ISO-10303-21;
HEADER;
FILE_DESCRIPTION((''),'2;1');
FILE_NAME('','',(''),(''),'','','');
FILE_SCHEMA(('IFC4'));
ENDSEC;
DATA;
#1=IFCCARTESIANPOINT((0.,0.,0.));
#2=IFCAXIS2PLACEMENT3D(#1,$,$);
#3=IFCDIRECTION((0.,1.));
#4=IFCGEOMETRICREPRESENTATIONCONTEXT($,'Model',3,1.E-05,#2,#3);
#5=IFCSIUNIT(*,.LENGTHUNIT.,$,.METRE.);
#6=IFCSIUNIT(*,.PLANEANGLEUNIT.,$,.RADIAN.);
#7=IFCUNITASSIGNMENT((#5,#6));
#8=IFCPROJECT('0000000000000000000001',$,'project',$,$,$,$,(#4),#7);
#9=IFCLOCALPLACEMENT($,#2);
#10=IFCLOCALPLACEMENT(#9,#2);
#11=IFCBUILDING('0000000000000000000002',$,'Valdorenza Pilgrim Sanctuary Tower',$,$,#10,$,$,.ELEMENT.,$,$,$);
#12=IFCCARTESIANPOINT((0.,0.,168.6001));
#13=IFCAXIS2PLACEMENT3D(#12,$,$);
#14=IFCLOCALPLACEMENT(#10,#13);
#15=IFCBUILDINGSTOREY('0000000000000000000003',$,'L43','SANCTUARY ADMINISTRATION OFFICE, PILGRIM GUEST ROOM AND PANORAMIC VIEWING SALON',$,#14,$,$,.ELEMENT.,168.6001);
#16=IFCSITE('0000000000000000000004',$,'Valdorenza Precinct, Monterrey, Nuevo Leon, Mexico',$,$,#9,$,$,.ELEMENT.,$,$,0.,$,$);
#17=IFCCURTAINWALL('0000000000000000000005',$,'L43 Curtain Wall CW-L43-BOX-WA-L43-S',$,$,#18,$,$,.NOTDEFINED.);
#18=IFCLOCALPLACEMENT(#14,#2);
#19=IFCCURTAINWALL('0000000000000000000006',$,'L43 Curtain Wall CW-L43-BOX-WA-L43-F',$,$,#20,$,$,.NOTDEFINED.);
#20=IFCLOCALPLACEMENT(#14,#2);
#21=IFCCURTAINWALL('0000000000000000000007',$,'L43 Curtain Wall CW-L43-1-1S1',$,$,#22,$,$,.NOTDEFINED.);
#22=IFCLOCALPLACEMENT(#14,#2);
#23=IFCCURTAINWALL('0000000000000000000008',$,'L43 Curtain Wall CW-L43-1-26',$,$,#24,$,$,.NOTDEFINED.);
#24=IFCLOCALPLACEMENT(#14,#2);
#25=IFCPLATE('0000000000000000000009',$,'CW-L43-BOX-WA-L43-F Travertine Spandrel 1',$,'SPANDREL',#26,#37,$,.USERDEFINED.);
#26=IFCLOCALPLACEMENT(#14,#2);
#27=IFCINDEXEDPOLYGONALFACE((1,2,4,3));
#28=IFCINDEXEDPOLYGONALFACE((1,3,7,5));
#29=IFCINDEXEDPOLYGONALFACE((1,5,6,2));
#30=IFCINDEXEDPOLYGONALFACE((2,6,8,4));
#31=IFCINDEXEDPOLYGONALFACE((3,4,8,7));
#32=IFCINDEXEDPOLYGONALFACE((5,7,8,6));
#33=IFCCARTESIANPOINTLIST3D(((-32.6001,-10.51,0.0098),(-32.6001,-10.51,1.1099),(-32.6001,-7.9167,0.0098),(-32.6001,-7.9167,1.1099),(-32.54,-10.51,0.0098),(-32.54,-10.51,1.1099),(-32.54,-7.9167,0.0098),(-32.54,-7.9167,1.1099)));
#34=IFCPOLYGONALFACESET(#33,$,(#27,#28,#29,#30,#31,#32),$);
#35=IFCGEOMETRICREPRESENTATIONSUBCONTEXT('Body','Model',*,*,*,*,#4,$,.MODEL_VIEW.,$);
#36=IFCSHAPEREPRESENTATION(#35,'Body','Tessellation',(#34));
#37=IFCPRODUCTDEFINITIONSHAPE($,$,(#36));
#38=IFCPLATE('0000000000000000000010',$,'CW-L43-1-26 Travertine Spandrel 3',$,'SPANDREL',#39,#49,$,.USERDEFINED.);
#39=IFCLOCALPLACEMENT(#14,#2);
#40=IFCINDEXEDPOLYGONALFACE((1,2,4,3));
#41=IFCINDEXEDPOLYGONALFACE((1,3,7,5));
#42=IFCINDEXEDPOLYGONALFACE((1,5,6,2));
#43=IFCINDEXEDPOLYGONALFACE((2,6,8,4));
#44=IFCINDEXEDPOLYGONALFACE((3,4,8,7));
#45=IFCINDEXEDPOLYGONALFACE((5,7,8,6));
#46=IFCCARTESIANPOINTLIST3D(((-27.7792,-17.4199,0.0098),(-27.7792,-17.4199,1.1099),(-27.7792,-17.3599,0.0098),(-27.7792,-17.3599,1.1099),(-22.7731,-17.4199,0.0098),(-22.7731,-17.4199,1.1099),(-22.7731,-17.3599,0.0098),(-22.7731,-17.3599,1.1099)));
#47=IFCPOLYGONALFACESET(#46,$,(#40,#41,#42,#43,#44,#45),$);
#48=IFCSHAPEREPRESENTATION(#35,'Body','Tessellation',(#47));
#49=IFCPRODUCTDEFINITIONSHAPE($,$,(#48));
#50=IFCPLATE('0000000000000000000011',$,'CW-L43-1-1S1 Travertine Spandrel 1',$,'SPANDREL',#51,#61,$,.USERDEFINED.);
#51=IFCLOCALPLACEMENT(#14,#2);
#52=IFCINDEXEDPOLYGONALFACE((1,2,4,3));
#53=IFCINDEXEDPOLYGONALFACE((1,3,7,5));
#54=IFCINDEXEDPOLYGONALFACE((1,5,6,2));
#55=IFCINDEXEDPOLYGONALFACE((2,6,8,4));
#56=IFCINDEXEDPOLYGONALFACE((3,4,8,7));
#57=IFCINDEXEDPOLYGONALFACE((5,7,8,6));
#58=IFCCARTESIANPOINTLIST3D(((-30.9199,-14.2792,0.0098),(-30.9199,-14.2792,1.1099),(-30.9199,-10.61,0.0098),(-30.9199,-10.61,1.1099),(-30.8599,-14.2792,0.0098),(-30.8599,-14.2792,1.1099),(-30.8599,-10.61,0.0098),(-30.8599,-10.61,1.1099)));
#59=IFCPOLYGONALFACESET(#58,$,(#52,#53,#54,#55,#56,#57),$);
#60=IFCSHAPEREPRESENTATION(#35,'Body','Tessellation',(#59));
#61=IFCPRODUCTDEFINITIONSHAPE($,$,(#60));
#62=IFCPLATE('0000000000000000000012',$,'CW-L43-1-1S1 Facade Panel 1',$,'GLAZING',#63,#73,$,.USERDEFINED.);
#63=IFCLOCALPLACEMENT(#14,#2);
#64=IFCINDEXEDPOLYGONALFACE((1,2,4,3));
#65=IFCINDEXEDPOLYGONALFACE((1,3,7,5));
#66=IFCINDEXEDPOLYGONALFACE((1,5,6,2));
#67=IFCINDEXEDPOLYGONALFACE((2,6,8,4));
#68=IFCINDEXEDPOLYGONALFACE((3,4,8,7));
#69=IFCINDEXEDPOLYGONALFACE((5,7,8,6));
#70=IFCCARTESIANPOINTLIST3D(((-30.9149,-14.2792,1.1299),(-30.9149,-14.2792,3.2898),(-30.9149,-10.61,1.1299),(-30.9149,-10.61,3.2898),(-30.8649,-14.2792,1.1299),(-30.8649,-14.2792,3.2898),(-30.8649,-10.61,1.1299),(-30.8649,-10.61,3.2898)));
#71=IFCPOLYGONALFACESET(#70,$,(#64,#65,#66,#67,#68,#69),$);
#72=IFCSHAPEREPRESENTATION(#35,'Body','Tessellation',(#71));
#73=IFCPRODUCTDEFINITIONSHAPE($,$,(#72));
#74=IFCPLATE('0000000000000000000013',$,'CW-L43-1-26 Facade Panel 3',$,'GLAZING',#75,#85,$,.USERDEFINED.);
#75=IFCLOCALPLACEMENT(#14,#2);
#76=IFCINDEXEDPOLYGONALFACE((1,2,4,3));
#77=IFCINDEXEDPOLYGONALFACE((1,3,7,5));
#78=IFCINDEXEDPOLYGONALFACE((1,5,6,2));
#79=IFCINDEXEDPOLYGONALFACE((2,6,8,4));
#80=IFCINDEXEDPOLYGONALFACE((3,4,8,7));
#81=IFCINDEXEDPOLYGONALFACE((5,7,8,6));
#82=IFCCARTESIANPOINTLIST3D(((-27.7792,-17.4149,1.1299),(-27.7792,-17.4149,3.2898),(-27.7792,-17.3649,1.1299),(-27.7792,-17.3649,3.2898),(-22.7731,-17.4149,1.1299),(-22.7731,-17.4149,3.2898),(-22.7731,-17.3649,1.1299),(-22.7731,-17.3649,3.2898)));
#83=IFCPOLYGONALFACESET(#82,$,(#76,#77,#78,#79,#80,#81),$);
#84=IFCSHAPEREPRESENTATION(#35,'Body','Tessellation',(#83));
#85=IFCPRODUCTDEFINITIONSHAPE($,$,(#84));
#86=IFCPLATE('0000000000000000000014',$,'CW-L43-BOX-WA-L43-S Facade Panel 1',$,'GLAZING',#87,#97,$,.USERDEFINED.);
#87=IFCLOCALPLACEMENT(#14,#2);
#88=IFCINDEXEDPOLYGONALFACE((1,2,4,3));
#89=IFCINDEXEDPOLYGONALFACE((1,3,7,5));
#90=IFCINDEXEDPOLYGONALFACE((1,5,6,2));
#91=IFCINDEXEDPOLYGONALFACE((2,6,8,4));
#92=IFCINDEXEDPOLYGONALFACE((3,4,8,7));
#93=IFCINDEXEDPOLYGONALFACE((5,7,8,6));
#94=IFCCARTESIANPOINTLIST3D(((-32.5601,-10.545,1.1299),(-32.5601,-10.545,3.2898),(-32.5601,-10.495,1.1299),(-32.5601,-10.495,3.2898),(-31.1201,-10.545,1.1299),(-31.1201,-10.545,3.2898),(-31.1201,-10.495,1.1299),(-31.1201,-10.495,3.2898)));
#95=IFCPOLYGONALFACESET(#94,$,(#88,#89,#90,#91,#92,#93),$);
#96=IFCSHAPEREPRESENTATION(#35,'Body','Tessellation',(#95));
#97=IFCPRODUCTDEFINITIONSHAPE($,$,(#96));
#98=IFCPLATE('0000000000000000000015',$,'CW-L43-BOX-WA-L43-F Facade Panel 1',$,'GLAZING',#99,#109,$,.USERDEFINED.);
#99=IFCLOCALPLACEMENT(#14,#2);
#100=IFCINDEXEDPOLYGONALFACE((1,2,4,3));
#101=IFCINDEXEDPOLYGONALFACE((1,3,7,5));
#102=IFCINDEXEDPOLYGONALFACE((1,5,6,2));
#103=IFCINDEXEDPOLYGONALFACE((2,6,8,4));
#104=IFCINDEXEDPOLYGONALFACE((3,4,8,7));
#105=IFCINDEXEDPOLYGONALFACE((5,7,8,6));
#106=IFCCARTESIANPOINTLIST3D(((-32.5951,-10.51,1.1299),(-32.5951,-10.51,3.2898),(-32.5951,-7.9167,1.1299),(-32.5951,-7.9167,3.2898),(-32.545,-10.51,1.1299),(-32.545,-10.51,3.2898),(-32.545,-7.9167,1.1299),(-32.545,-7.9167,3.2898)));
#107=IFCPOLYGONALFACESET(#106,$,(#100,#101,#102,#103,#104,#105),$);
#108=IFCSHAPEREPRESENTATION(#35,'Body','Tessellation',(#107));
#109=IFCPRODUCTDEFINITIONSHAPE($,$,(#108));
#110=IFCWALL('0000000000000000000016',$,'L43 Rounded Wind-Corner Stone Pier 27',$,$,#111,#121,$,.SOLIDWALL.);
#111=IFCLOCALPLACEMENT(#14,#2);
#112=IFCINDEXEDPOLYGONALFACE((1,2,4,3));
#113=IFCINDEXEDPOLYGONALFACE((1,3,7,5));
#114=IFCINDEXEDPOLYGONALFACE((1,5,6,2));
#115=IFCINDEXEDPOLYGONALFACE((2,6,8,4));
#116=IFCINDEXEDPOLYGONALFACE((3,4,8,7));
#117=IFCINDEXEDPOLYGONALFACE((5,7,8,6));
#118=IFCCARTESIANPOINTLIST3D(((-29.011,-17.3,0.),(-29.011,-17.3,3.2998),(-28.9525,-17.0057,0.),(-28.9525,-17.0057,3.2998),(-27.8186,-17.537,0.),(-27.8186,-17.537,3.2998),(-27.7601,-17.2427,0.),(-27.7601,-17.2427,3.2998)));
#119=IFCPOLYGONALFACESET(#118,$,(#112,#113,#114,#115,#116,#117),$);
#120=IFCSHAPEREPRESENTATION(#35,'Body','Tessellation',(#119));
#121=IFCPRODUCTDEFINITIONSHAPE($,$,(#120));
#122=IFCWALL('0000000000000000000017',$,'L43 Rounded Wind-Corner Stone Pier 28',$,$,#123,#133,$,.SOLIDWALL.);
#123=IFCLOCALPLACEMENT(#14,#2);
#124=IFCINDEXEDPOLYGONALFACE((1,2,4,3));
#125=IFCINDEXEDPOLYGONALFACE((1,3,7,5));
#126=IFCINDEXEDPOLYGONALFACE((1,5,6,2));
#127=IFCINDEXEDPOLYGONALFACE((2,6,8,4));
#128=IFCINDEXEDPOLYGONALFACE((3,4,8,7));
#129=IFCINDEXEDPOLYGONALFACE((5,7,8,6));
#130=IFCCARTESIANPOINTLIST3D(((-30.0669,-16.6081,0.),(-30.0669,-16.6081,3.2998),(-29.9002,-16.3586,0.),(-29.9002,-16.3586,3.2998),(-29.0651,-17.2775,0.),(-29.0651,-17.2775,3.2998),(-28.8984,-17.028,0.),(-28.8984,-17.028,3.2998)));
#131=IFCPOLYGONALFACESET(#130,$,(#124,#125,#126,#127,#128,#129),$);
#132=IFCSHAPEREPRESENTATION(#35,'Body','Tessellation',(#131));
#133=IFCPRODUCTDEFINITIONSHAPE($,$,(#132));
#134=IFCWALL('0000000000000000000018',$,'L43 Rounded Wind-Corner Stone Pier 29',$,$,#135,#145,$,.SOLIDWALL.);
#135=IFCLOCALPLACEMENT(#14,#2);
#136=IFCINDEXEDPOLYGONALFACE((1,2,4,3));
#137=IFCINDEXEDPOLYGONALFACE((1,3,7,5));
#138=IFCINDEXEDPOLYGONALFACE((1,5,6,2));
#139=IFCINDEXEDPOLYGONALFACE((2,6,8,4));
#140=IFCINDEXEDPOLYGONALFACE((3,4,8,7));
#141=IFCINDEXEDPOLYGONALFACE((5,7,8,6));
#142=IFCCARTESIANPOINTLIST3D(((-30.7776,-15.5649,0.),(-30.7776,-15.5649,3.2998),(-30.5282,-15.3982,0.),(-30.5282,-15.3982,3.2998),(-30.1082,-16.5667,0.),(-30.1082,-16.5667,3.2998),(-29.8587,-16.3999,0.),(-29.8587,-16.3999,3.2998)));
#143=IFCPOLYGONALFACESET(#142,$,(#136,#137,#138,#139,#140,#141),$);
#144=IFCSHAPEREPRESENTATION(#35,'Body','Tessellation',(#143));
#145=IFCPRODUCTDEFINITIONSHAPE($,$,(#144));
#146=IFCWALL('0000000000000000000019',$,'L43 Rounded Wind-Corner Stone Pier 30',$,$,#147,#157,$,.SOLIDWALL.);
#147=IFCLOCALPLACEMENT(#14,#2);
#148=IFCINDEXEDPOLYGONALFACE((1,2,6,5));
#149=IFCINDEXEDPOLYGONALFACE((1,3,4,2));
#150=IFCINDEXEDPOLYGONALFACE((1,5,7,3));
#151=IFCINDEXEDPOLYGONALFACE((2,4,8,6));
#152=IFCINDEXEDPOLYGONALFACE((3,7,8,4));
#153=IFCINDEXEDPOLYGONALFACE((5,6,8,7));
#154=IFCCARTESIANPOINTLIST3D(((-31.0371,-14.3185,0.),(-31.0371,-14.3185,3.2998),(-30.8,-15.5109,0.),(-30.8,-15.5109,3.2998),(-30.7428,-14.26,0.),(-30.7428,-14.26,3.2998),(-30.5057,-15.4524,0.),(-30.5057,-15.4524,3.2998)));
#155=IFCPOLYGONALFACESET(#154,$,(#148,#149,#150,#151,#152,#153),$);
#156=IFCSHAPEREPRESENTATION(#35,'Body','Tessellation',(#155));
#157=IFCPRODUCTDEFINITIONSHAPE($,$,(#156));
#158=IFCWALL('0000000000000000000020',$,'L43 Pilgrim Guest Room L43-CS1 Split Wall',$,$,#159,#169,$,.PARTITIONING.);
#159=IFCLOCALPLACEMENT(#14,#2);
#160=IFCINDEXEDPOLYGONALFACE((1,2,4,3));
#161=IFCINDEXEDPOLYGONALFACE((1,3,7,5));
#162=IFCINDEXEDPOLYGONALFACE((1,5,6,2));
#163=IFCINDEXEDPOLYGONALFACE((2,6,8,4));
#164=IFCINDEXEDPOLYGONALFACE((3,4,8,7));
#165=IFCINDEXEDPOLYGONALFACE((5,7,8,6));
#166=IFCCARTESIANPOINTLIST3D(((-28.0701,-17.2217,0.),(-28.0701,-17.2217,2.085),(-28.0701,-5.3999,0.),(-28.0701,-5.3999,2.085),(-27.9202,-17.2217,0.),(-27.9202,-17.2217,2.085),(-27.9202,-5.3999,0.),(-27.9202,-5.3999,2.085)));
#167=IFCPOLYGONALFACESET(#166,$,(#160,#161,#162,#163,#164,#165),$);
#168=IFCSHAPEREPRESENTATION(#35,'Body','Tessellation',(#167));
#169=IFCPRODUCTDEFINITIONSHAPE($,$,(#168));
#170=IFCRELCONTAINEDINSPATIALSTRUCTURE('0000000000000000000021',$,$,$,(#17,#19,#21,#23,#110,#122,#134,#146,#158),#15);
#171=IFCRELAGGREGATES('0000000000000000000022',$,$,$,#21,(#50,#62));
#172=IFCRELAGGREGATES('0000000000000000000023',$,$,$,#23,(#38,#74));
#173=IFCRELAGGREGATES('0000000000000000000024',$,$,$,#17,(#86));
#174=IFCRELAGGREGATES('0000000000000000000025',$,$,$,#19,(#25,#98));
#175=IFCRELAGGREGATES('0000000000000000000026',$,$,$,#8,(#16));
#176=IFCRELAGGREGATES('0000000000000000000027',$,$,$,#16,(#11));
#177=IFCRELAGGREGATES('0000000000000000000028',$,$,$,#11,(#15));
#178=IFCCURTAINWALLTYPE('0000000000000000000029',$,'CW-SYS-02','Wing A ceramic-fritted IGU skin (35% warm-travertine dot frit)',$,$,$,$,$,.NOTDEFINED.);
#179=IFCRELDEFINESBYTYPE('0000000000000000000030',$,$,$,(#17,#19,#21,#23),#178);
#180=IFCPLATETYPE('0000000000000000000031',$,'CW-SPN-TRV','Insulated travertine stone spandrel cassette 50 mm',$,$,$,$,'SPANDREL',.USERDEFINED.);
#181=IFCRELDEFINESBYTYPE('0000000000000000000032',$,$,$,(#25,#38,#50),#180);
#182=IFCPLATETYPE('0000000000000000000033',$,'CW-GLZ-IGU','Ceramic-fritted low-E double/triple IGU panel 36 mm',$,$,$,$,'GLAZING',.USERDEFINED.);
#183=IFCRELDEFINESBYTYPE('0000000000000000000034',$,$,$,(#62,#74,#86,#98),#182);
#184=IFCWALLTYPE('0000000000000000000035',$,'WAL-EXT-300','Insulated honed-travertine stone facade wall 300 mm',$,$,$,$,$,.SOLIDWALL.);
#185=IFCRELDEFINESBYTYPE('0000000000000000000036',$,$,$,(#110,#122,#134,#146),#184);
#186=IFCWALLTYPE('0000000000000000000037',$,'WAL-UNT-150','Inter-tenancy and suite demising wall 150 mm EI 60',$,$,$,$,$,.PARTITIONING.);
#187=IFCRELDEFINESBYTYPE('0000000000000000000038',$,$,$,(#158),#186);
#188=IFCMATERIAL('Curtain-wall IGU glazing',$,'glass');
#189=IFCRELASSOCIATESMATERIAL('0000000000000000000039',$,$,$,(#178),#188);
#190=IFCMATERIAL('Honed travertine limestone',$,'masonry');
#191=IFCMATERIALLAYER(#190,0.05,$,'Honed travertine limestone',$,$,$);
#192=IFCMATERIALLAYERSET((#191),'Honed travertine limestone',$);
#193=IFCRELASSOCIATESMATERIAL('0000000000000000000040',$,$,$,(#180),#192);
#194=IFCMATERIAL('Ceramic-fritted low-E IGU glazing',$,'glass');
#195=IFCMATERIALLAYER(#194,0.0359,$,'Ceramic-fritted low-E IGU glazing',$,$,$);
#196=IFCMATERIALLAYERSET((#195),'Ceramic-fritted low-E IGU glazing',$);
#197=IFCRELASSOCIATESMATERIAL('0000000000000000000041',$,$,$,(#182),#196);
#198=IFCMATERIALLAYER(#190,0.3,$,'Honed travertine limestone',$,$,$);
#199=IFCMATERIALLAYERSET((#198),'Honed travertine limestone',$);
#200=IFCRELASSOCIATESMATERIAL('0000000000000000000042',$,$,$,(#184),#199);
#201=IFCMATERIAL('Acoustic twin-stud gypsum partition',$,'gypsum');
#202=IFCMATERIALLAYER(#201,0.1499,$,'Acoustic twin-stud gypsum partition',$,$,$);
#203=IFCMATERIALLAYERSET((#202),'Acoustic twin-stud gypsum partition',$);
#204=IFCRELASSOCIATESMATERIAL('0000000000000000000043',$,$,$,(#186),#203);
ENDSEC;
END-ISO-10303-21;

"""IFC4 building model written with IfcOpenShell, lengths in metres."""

from ifc_helpers import new_model, si_unit, direction, frame, frame_2d, origin, origin_2d, place, context, subcontext, project, spatial, rectangle, extrude, source, transform, mapped, material, layer, layer_set, type_object, element, aggregate, save


model = new_model("IFC4")

# Units and contexts
model_context = context("Model", 3, precision=1e-05, world=origin(), true_north=direction((0.0, 1.0)))
body_context = subcontext(model_context, "Body", "Model", "MODEL_VIEW")
ifc_project = project(units=[si_unit("LENGTHUNIT", "METRE"), si_unit("PLANEANGLEUNIT", "RADIAN")], contexts=[model_context])

# Site, building, storey
site_placement = place(None, origin())
site = spatial("IfcSite", under=ifc_project, at=site_placement, Name="Valdorenza Precinct, Monterrey, Nuevo Leon, Mexico", CompositionType="ELEMENT", RefElevation=0.0)
building_placement = place(site_placement, origin())
building = spatial("IfcBuilding", under=site, at=building_placement, Name="Valdorenza Pilgrim Sanctuary Tower", CompositionType="ELEMENT")
storey_placement = place(building_placement, frame((0.0, 0.0, 168.6001)))
storey = spatial("IfcBuildingStorey", under=building, at=storey_placement, Name="L43", Description="SANCTUARY ADMINISTRATION OFFICE, PILGRIM GUEST ROOM AND PANORAMIC VIEWING SALON", CompositionType="ELEMENT", Elevation=168.6001)

# Curtain walls
ifc_material_1 = material(Name="Curtain-wall IGU glazing", Category="glass")
curtain_wall_type = type_object("IfcCurtainWallType", Name="CW-SYS-02", Description="Wing A ceramic-fritted IGU skin (35% warm-travertine dot frit)", PredefinedType="NOTDEFINED", material=ifc_material_1)
curtain_wall_1_placement = place(storey_placement, origin())
curtain_wall_1 = element("IfcCurtainWall", 1, at=curtain_wall_1_placement, inside=storey, type_object=curtain_wall_type, Name="L43 Curtain Wall CW-L43-BOX-WA-L43-S", PredefinedType="NOTDEFINED")
curtain_wall_2_placement = place(storey_placement, origin())
curtain_wall_2 = element("IfcCurtainWall", 2, at=curtain_wall_2_placement, inside=storey, type_object=curtain_wall_type, Name="L43 Curtain Wall CW-L43-BOX-WA-L43-F", PredefinedType="NOTDEFINED")

# Curtain wall
curtain_wall_3_placement = place(storey_placement, origin())
curtain_wall_3 = element("IfcCurtainWall", 3, at=curtain_wall_3_placement, inside=storey, type_object=curtain_wall_type, Name="L43 Curtain Wall CW-L43-1-1S1", PredefinedType="NOTDEFINED")

# Curtain wall
curtain_wall_4_placement = place(storey_placement, origin())
curtain_wall_4 = element("IfcCurtainWall", 4, at=curtain_wall_4_placement, inside=storey, type_object=curtain_wall_type, Name="L43 Curtain Wall CW-L43-1-26", PredefinedType="NOTDEFINED")

# Plates
ifc_material_2 = material(Name="Honed travertine limestone", Category="masonry")
ifc_layer_1 = layer(ifc_material_2, 0.05, Name="Honed travertine limestone")
ifc_layer_set_1 = layer_set([ifc_layer_1], Name="Honed travertine limestone")
plate_type_1 = type_object("IfcPlateType", Name="CW-SPN-TRV", Description="Insulated travertine stone spandrel cassette 50 mm", ElementType="SPANDREL", PredefinedType="USERDEFINED", material=ifc_layer_set_1)
shared_shape_1 = source(origin(), body_context, "Body", "SweptSolid", [
    extrude(rectangle(XDim=2.5933, YDim=0.0601, at=origin_2d()), origin(), (0.0, 0.0, 1.0), 1.1001),
])
plate_1_placement = place(storey_placement, frame((-32.5701, -9.2134, 0.0098), z_axis=(0.0, 0.0, 1.0), x_axis=(0.0, 1.0, 0.0)))
plate_1 = element("IfcPlate", 5, at=plate_1_placement, type_object=plate_type_1, Name="CW-L43-BOX-WA-L43-F Travertine Spandrel 1", ObjectType="SPANDREL", PredefinedType="USERDEFINED", context=body_context, shape_type="MappedRepresentation", body=[
    mapped(shared_shape_1, transform((0.0, 0.0, 0.0), x_axis=(1.0, 0.0, 0.0), y_axis=(0.0, 1.0, 0.0), z_axis=(0.0, 0.0, 1.0), scale=1.0)),
])
shared_shape_2 = source(origin(), body_context, "Body", "SweptSolid", [
    extrude(rectangle(XDim=5.0061, YDim=0.0601, at=origin_2d()), origin(), (0.0, 0.0, 1.0), 1.1001),
])
plate_2_placement = place(storey_placement, frame((-25.2761, -17.3899, 0.0098), z_axis=(0.0, 0.0, 1.0), x_axis=(-1.0, 0.0, 0.0)))
plate_2 = element("IfcPlate", 6, at=plate_2_placement, type_object=plate_type_1, Name="CW-L43-1-26 Travertine Spandrel 3", ObjectType="SPANDREL", PredefinedType="USERDEFINED", context=body_context, shape_type="MappedRepresentation", body=[
    mapped(shared_shape_2, transform((0.0, 0.0, 0.0), x_axis=(1.0, 0.0, 0.0), y_axis=(0.0, 1.0, 0.0), z_axis=(0.0, 0.0, 1.0), scale=1.0)),
])
shared_shape_3 = source(origin(), body_context, "Body", "SweptSolid", [
    extrude(rectangle(XDim=3.6692, YDim=0.0601, at=origin_2d()), origin(), (0.0, 0.0, 1.0), 1.1001),
])
plate_3_placement = place(storey_placement, frame((-30.8899, -12.4446, 0.0098), z_axis=(0.0, 0.0, 1.0), x_axis=(0.0, 1.0, 0.0)))
plate_3 = element("IfcPlate", 7, at=plate_3_placement, type_object=plate_type_1, Name="CW-L43-1-1S1 Travertine Spandrel 1", ObjectType="SPANDREL", PredefinedType="USERDEFINED", context=body_context, shape_type="MappedRepresentation", body=[
    mapped(shared_shape_3, transform((0.0, 0.0, 0.0), x_axis=(1.0, 0.0, 0.0), y_axis=(0.0, 1.0, 0.0), z_axis=(0.0, 0.0, 1.0), scale=1.0)),
])
ifc_material_3 = material(Name="Ceramic-fritted low-E IGU glazing", Category="glass")
ifc_layer_2 = layer(ifc_material_3, 0.0359, Name="Ceramic-fritted low-E IGU glazing")
ifc_layer_set_2 = layer_set([ifc_layer_2], Name="Ceramic-fritted low-E IGU glazing")
plate_type_2 = type_object("IfcPlateType", Name="CW-GLZ-IGU", Description="Ceramic-fritted low-E double/triple IGU panel 36 mm", ElementType="GLAZING", PredefinedType="USERDEFINED", material=ifc_layer_set_2)
shared_shape_4 = source(origin(), body_context, "Body", "SweptSolid", [
    extrude(rectangle(XDim=3.6692, YDim=0.05, at=origin_2d()), origin(), (0.0, 0.0, 1.0), 2.1599),
])
plate_4_placement = place(storey_placement, frame((-30.8899, -12.4446, 1.1299), z_axis=(0.0, 0.0, 1.0), x_axis=(0.0, 1.0, 0.0)))
plate_4 = element("IfcPlate", 8, at=plate_4_placement, type_object=plate_type_2, Name="CW-L43-1-1S1 Facade Panel 1", ObjectType="GLAZING", PredefinedType="USERDEFINED", context=body_context, shape_type="MappedRepresentation", body=[
    mapped(shared_shape_4, transform((0.0, 0.0, 0.0), x_axis=(1.0, 0.0, 0.0), y_axis=(0.0, 1.0, 0.0), z_axis=(0.0, 0.0, 1.0), scale=1.0)),
])
aggregate(curtain_wall_3, [plate_3, plate_4])
shared_shape_5 = source(origin(), body_context, "Body", "SweptSolid", [
    extrude(rectangle(XDim=5.0061, YDim=0.05, at=origin_2d()), origin(), (0.0, 0.0, 1.0), 2.1599),
])
plate_5_placement = place(storey_placement, frame((-25.2761, -17.3899, 1.1299), z_axis=(0.0, 0.0, 1.0), x_axis=(-1.0, 0.0, 0.0)))
plate_5 = element("IfcPlate", 9, at=plate_5_placement, type_object=plate_type_2, Name="CW-L43-1-26 Facade Panel 3", ObjectType="GLAZING", PredefinedType="USERDEFINED", context=body_context, shape_type="MappedRepresentation", body=[
    mapped(shared_shape_5, transform((0.0, 0.0, 0.0), x_axis=(1.0, 0.0, 0.0), y_axis=(0.0, 1.0, 0.0), z_axis=(0.0, 0.0, 1.0), scale=1.0)),
])
aggregate(curtain_wall_4, [plate_2, plate_5])
shared_shape_6 = source(origin(), body_context, "Body", "SweptSolid", [
    extrude(rectangle(XDim=1.4399, YDim=0.05, at=origin_2d()), origin(), (0.0, 0.0, 1.0), 2.1599),
])
plate_6_placement = place(storey_placement, frame((-31.8401, -10.52, 1.1299), z_axis=(0.0, 0.0, 1.0), x_axis=(-1.0, 0.0, 0.0)))
plate_6 = element("IfcPlate", 10, at=plate_6_placement, type_object=plate_type_2, Name="CW-L43-BOX-WA-L43-S Facade Panel 1", ObjectType="GLAZING", PredefinedType="USERDEFINED", context=body_context, shape_type="MappedRepresentation", body=[
    mapped(shared_shape_6, transform((0.0, 0.0, 0.0), x_axis=(1.0, 0.0, 0.0), y_axis=(0.0, 1.0, 0.0), z_axis=(0.0, 0.0, 1.0), scale=1.0)),
])
aggregate(curtain_wall_1, [plate_6])
shared_shape_7 = source(origin(), body_context, "Body", "SweptSolid", [
    extrude(rectangle(XDim=2.5933, YDim=0.05, at=origin_2d()), origin(), (0.0, 0.0, 1.0), 2.1599),
])
plate_7_placement = place(storey_placement, frame((-32.5701, -9.2134, 1.1299), z_axis=(0.0, 0.0, 1.0), x_axis=(0.0, 1.0, 0.0)))
plate_7 = element("IfcPlate", 11, at=plate_7_placement, type_object=plate_type_2, Name="CW-L43-BOX-WA-L43-F Facade Panel 1", ObjectType="GLAZING", PredefinedType="USERDEFINED", context=body_context, shape_type="MappedRepresentation", body=[
    mapped(shared_shape_7, transform((0.0, 0.0, 0.0), x_axis=(1.0, 0.0, 0.0), y_axis=(0.0, 1.0, 0.0), z_axis=(0.0, 0.0, 1.0), scale=1.0)),
])
aggregate(curtain_wall_2, [plate_1, plate_7])

# Walls
ifc_layer_3 = layer(ifc_material_2, 0.3, Name="Honed travertine limestone")
ifc_layer_set_3 = layer_set([ifc_layer_3], Name="Honed travertine limestone")
wall_type_1 = type_object("IfcWallType", Name="WAL-EXT-300", Description="Insulated honed-travertine stone facade wall 300 mm", PredefinedType="SOLIDWALL", material=ifc_layer_set_3)
wall_1_placement = place(storey_placement, frame((-27.7893, -17.3899, 0.0), z_axis=(0.0, 0.0, 1.0), x_axis=(-0.980804, 0.194996, 0.0)))
element("IfcWall", 12, at=wall_1_placement, inside=storey, type_object=wall_type_1, Name="L43 Rounded Wind-Corner Stone Pier 27", PredefinedType="SOLIDWALL", context=body_context, shape_type="SweptSolid", body=[
    extrude(rectangle(XDim=1.2158, YDim=0.3, at=frame_2d((0.6079, 0.0))), origin(), (0.0, 0.0, 1.0), 3.2998),
])
for number, where, z_axis, x_axis, name in (
    (13, (-28.9817, -17.1528, 0.0), (0.0, 0.0, 1.0), (-0.831426, 0.555635, 0.0), "L43 Rounded Wind-Corner Stone Pier 28"),
    (14, (-29.9834, -16.4834, 0.0), (0.0, 0.0, 1.0), (-0.555635, 0.831426, 0.0), "L43 Rounded Wind-Corner Stone Pier 29"),
):
    element("IfcWall", number, at=place(storey_placement, frame(where, z_axis=z_axis, x_axis=x_axis)), inside=storey, type_object=wall_type_1, Name=name, PredefinedType="SOLIDWALL", context=body_context, shape_type="SweptSolid", body=[
        extrude(rectangle(XDim=1.2048, YDim=0.3, at=frame_2d((0.6025, 0.0))), origin(), (0.0, 0.0, 1.0), 3.2998),
    ])
wall_2_placement = place(storey_placement, frame((-30.6528, -15.4817, 0.0), z_axis=(0.0, 0.0, 1.0), x_axis=(-0.194996, 0.980804, 0.0)))
element("IfcWall", 15, at=wall_2_placement, inside=storey, type_object=wall_type_1, Name="L43 Rounded Wind-Corner Stone Pier 30", PredefinedType="SOLIDWALL", context=body_context, shape_type="SweptSolid", body=[
    extrude(rectangle(XDim=1.2158, YDim=0.3, at=frame_2d((0.6079, 0.0))), origin(), (0.0, 0.0, 1.0), 3.2998),
])
ifc_material_4 = material(Name="Acoustic twin-stud gypsum partition", Category="gypsum")
ifc_layer_4 = layer(ifc_material_4, 0.1499, Name="Acoustic twin-stud gypsum partition")
ifc_layer_set_4 = layer_set([ifc_layer_4], Name="Acoustic twin-stud gypsum partition")
wall_type_2 = type_object("IfcWallType", Name="WAL-UNT-150", Description="Inter-tenancy and suite demising wall 150 mm EI 60", PredefinedType="PARTITIONING", material=ifc_layer_set_4)
wall_3_placement = place(storey_placement, frame((-27.9951, -17.2217, 0.0), z_axis=(0.0, 0.0, 1.0), x_axis=(0.0, 1.0, 0.0)))
element("IfcWall", 16, at=wall_3_placement, inside=storey, type_object=wall_type_2, Name="L43 Pilgrim Guest Room L43-CS1 Split Wall", PredefinedType="PARTITIONING", context=body_context, shape_type="SweptSolid", body=[
    extrude(rectangle(XDim=11.8218, YDim=0.1499, at=frame_2d((5.9109, 0.0))), origin(), (0.0, 0.0, 1.0), 2.085),
])

save(model, "model.ifc")
